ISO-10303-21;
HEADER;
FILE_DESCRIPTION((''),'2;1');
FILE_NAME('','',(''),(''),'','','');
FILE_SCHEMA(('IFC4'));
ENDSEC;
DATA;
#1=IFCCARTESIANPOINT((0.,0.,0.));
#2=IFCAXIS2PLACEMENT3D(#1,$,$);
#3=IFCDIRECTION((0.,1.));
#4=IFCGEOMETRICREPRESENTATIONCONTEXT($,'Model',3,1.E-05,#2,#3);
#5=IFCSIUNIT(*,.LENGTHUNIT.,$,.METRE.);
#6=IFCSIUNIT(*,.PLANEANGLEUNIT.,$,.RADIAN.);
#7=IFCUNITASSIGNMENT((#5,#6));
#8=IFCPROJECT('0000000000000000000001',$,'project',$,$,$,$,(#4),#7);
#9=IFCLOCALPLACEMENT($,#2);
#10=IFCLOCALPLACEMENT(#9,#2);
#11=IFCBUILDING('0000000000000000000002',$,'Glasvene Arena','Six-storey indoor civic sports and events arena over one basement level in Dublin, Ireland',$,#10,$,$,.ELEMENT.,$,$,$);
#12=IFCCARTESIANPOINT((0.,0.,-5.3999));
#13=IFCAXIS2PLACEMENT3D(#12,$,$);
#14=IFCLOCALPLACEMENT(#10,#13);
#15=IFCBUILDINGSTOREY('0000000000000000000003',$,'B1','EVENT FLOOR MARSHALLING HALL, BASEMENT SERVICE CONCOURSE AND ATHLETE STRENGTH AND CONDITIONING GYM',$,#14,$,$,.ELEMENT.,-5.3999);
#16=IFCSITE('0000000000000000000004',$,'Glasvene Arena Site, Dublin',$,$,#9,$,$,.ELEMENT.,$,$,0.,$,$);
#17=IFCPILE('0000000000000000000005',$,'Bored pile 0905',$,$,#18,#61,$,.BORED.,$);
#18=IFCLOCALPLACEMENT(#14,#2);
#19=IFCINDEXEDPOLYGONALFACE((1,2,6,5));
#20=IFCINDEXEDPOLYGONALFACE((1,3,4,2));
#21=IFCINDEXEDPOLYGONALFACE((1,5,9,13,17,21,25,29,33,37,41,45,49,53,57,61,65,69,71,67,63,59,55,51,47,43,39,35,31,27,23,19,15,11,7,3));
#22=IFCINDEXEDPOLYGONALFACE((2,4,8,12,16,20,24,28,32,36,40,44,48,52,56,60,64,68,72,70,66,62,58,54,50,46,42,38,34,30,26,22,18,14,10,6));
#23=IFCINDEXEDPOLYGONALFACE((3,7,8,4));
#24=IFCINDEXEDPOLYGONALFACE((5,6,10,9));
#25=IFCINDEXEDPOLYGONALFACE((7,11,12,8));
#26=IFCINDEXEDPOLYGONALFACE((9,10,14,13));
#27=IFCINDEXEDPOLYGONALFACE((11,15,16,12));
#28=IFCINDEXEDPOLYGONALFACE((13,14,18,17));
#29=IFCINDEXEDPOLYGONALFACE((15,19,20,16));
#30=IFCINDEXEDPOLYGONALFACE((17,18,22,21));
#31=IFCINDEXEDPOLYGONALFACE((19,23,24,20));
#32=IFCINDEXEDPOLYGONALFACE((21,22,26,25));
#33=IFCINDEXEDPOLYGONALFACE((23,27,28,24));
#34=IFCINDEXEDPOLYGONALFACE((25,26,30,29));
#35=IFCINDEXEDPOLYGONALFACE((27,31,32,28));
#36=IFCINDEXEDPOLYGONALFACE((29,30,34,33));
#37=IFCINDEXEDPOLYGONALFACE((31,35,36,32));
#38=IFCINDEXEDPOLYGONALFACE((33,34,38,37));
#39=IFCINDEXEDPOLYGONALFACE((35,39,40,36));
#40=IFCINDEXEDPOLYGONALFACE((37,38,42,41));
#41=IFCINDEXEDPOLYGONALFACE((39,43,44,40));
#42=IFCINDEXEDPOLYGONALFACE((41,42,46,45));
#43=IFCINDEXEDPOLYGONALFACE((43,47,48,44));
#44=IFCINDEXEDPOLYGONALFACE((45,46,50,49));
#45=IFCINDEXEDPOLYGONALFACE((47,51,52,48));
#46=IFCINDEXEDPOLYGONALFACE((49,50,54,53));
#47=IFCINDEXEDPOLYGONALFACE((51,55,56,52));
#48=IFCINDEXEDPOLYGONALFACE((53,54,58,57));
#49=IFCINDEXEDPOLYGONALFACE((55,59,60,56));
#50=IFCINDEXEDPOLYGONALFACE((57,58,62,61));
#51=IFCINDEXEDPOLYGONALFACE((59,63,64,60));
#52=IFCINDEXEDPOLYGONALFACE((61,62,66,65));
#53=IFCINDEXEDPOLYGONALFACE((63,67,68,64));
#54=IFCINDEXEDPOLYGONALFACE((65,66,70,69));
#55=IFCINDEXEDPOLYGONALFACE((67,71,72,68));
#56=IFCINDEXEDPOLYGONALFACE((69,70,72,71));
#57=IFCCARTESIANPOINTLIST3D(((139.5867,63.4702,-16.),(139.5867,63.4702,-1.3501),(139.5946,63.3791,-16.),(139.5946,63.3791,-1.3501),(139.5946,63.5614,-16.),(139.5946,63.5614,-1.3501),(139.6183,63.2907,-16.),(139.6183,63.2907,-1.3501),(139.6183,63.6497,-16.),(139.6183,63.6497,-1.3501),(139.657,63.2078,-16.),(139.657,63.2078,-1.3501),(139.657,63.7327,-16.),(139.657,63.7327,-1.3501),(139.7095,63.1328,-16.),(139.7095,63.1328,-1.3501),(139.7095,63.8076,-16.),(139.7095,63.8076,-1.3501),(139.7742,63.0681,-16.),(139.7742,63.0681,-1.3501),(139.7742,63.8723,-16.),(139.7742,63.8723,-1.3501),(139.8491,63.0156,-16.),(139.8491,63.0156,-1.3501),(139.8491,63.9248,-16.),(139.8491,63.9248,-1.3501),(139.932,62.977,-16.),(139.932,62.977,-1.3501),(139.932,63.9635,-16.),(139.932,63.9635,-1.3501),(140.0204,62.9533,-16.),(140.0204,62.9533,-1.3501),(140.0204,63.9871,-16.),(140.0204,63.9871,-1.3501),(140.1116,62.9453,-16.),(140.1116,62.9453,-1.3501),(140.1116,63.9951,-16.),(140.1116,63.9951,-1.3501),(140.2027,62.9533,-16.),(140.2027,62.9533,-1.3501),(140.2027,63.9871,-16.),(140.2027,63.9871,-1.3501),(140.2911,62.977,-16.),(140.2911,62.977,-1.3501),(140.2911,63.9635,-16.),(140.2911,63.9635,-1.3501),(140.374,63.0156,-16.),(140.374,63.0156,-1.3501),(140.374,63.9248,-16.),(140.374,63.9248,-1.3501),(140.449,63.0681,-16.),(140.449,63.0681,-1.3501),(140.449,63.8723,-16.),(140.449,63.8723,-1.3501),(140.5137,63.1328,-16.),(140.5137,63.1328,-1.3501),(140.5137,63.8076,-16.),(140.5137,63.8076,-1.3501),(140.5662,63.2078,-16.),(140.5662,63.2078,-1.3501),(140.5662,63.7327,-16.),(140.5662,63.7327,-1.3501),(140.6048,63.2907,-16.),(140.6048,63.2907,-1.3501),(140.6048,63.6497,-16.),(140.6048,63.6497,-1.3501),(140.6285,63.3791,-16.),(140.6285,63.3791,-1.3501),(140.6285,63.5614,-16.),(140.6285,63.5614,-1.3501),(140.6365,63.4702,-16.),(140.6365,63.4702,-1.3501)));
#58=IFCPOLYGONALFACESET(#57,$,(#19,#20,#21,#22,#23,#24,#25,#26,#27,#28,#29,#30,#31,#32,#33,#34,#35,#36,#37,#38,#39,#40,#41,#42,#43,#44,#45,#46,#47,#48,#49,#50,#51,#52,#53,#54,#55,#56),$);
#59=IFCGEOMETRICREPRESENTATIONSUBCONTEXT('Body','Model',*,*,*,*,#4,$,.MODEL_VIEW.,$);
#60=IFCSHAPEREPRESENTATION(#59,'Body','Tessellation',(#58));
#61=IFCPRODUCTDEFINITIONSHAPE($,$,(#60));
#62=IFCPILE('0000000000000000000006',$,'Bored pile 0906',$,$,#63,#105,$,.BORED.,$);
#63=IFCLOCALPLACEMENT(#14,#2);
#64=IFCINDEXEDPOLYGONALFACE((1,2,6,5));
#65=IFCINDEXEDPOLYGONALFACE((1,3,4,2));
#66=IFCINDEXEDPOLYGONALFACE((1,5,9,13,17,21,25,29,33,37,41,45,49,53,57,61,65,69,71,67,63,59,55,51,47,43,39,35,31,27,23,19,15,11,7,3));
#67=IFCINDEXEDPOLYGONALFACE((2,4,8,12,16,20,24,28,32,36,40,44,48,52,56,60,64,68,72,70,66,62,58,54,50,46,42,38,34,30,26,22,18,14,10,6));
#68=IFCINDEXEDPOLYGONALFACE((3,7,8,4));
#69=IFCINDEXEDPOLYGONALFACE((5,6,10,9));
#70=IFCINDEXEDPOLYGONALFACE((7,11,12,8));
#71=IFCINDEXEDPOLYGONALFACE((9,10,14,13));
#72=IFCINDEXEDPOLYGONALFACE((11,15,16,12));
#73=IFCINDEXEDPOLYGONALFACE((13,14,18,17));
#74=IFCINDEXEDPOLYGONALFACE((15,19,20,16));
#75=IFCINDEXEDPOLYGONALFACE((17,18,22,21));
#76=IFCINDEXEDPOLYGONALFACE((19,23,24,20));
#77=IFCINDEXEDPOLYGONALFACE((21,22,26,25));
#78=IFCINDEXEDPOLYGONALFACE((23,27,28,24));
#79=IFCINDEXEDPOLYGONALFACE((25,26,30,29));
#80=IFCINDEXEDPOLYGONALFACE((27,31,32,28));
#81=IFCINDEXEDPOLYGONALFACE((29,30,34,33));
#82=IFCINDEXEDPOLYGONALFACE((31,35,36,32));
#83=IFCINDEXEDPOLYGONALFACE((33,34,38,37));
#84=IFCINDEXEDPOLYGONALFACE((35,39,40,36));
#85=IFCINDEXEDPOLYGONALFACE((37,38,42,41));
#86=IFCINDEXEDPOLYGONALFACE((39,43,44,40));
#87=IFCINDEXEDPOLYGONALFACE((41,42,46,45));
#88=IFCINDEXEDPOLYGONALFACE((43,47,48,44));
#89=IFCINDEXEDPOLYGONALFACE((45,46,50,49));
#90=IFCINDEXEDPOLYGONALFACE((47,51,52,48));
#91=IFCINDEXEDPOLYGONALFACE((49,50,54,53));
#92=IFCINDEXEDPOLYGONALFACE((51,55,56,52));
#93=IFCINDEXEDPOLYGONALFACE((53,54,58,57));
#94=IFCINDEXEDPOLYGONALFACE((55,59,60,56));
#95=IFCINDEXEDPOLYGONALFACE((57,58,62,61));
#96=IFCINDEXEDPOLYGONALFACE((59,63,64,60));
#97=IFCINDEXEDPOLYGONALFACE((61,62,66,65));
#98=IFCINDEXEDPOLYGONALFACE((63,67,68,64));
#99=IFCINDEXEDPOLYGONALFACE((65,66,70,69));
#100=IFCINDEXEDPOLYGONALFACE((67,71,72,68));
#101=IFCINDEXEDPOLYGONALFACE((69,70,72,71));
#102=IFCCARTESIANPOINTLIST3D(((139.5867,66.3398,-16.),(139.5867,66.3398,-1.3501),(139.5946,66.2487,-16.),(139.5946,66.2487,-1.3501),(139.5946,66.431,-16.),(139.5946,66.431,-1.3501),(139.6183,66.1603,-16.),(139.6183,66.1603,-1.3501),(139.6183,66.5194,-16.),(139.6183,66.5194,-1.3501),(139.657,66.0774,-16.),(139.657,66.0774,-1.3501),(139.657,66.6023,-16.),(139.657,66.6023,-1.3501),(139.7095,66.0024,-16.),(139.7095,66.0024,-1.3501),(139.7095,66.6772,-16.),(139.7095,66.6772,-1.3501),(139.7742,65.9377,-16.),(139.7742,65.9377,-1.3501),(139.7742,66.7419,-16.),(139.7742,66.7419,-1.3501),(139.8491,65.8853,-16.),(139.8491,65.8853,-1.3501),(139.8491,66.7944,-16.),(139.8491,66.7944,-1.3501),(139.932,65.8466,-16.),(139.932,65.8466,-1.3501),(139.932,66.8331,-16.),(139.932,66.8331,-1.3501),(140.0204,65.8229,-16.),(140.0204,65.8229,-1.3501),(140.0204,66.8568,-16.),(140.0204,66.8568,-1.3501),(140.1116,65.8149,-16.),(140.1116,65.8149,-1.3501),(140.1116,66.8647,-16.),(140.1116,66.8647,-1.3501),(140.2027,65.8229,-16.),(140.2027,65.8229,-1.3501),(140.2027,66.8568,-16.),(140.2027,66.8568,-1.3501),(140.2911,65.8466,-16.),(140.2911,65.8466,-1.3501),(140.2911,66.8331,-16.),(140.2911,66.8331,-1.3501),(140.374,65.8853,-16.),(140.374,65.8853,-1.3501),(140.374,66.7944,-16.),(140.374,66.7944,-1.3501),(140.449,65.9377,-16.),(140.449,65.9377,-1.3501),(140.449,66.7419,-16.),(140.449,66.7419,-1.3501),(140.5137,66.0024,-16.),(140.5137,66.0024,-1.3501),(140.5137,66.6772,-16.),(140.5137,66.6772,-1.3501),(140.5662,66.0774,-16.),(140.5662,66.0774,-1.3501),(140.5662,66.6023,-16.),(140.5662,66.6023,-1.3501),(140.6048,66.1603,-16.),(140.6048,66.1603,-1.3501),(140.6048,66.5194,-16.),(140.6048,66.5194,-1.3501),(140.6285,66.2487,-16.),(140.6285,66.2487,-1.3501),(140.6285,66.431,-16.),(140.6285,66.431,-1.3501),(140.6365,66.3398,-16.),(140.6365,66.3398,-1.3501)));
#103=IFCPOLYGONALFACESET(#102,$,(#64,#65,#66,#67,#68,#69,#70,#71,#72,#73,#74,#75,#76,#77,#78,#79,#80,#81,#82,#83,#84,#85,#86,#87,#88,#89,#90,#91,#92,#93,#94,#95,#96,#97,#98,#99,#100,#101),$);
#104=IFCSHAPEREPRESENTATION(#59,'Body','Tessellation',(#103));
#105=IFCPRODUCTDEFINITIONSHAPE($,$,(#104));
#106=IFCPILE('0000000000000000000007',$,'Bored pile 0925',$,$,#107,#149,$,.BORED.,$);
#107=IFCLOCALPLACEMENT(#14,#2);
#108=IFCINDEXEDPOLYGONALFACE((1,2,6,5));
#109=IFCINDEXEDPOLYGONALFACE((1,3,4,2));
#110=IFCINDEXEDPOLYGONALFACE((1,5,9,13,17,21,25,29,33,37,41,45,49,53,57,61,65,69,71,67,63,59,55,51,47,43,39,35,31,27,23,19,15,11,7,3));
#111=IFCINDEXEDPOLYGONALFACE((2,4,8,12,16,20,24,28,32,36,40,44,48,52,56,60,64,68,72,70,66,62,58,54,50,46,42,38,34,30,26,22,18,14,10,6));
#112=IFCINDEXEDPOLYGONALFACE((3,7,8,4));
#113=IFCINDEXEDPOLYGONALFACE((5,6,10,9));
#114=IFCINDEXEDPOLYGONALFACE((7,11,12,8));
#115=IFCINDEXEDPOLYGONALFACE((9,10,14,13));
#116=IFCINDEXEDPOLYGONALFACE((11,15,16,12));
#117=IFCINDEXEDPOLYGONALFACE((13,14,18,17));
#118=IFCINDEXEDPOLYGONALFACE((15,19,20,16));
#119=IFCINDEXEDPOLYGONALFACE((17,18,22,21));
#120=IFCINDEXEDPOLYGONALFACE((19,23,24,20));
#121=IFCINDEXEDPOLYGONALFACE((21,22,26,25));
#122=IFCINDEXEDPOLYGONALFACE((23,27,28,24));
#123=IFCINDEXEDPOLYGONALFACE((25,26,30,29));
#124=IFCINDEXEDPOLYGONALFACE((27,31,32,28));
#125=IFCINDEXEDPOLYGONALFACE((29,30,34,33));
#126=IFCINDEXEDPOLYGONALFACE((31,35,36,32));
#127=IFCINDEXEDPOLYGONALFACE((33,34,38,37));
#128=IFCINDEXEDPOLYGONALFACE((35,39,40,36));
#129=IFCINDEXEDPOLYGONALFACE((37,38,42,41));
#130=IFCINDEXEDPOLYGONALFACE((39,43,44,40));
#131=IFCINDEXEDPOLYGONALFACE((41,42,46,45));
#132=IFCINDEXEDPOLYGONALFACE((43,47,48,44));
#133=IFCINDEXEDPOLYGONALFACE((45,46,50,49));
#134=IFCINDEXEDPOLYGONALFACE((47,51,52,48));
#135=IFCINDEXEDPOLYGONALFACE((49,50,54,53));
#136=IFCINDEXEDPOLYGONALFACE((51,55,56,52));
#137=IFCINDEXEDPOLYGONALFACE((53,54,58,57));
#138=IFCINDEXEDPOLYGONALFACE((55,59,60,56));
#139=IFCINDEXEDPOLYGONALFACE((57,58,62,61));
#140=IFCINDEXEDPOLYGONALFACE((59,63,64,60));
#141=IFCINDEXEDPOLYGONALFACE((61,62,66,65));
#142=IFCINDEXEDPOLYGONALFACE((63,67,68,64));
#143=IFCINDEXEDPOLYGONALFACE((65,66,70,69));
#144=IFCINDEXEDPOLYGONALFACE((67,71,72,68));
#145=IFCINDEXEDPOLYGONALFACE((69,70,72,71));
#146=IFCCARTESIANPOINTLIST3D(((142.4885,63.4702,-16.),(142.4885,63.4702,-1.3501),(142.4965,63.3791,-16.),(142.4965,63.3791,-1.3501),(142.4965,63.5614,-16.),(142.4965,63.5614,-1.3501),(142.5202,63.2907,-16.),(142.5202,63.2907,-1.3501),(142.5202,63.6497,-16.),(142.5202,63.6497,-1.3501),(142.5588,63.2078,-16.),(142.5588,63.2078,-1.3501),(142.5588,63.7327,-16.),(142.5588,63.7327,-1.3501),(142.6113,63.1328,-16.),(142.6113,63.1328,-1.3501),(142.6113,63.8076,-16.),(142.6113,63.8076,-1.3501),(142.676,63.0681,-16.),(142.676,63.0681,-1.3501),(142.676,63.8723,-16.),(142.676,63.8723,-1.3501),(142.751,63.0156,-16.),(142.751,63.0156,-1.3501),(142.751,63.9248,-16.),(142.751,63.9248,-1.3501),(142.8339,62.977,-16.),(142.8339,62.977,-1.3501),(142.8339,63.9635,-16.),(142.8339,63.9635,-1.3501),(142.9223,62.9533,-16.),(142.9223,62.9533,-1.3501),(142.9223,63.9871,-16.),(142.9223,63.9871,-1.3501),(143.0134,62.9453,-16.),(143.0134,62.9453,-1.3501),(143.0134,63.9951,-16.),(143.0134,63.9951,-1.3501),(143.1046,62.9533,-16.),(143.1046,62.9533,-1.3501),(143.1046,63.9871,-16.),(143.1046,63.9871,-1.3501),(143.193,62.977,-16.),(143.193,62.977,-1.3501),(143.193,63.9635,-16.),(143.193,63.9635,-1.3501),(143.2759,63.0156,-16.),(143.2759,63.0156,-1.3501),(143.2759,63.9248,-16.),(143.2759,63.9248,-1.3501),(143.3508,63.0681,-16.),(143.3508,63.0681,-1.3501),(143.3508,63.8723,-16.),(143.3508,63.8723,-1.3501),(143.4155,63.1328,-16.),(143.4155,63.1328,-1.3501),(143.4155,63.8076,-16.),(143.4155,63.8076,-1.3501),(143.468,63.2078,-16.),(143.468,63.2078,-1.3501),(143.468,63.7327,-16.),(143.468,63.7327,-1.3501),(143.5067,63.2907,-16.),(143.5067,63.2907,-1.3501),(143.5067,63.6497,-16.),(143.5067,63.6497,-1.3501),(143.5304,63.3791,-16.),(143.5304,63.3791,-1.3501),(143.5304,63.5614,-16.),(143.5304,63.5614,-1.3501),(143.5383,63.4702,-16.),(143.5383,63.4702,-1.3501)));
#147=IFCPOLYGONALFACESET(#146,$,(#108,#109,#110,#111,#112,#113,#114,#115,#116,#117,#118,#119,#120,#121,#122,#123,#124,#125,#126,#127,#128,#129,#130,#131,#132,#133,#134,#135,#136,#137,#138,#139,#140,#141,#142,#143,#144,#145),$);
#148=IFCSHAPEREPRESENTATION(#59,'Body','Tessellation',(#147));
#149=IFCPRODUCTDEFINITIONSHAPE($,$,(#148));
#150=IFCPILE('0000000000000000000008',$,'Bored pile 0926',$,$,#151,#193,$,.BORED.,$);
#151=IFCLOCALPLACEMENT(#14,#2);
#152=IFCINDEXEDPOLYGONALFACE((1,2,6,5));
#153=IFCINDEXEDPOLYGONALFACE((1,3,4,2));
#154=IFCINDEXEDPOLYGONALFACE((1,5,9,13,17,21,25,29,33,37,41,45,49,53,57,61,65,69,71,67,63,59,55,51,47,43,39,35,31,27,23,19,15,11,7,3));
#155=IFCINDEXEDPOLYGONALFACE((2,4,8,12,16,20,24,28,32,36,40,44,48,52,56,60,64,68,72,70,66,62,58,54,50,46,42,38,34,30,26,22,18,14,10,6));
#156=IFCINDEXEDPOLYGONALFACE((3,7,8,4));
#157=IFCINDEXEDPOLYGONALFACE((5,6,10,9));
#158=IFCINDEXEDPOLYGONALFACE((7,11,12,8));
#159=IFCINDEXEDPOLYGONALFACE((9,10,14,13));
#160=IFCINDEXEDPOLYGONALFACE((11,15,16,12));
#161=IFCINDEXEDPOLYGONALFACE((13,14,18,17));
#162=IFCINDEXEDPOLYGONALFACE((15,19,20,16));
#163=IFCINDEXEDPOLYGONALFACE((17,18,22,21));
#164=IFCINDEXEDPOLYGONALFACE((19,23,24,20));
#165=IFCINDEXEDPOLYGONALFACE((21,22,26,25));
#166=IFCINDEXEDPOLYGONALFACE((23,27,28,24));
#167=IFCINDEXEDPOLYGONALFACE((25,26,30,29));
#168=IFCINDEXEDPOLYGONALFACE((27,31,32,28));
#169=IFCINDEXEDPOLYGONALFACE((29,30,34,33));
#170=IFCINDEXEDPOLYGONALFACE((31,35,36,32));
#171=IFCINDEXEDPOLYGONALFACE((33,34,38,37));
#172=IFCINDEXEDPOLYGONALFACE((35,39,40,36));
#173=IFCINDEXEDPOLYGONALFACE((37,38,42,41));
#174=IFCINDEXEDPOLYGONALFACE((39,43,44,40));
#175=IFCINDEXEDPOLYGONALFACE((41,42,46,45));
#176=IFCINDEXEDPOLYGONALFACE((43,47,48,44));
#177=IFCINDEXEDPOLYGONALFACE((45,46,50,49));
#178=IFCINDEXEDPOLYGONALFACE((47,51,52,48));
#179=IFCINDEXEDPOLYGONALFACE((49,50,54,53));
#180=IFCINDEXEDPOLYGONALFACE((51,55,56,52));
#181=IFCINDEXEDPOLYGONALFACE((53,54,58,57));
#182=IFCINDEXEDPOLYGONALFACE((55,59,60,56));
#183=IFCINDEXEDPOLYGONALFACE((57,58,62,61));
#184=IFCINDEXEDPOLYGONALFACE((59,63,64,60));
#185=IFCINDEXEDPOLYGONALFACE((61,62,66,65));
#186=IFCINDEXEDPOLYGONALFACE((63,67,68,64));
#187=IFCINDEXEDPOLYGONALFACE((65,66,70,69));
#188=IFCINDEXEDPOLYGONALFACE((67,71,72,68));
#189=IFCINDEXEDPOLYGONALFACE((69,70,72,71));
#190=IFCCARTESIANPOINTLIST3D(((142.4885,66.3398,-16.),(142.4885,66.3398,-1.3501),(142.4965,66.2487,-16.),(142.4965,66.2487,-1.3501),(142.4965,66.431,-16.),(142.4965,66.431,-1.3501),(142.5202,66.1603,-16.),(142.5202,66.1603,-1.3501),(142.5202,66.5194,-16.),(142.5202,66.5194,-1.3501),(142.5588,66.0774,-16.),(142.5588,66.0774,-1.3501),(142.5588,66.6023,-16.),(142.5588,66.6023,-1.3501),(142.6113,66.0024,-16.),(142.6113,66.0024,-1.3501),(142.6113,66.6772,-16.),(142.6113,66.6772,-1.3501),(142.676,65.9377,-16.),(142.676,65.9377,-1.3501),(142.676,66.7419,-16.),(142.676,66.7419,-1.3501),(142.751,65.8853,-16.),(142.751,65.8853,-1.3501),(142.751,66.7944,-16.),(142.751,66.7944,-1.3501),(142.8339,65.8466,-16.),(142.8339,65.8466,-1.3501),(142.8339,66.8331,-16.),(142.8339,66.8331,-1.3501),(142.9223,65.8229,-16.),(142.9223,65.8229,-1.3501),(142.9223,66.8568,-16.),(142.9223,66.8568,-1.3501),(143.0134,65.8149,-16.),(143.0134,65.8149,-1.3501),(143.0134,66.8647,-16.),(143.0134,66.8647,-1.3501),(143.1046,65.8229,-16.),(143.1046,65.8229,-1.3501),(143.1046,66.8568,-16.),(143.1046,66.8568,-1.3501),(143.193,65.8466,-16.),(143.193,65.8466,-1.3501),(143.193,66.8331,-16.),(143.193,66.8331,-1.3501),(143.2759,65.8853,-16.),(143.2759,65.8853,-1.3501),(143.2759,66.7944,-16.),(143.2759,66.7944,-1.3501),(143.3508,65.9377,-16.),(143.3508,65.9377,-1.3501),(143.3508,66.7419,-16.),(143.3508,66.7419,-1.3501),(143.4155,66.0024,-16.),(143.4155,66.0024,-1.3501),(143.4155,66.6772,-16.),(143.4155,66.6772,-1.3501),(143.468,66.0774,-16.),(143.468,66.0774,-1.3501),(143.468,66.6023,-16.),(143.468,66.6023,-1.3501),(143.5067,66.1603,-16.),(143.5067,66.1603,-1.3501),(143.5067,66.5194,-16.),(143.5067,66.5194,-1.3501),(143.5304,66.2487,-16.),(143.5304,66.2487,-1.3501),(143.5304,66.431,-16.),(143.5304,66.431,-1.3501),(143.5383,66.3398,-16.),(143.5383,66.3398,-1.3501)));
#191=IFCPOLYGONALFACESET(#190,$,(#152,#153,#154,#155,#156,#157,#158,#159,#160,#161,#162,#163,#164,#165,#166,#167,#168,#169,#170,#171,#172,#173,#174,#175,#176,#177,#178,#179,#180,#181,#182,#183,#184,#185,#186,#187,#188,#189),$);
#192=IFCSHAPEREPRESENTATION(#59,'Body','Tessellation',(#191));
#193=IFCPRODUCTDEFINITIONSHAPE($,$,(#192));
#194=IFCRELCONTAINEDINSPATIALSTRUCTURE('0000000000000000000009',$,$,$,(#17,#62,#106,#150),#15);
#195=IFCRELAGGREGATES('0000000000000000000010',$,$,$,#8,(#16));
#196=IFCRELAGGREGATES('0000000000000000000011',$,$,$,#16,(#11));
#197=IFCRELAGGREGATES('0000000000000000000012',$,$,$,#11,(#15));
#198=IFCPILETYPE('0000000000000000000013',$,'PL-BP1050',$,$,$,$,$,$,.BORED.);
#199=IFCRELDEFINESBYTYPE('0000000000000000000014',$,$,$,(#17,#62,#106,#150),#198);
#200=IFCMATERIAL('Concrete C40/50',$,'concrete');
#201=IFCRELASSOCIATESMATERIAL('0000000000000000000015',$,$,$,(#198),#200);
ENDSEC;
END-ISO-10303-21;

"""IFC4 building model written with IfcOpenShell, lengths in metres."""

from ifc_helpers import new_model, si_unit, direction, frame, origin, origin_2d, place, context, subcontext, project, spatial, circle, extrude, material, material_profile, profile_set, type_object, element, save


model = new_model("IFC4")

# Units and contexts
model_context = context("Model", 3, precision=1e-05, world=origin(), true_north=direction((0.0, 1.0)))
body_context = subcontext(model_context, "Body", "Model", "MODEL_VIEW")
ifc_project = project(units=[si_unit("LENGTHUNIT", "METRE"), si_unit("PLANEANGLEUNIT", "RADIAN")], contexts=[model_context])

# Site, building, storey
site_placement = place(None, origin())
site = spatial("IfcSite", under=ifc_project, at=site_placement, Name="Glasvene Arena Site, Dublin", CompositionType="ELEMENT", RefElevation=0.0)
building_placement = place(site_placement, origin())
building = spatial("IfcBuilding", under=site, at=building_placement, Name="Glasvene Arena", Description="Six-storey indoor civic sports and events arena over one basement level in Dublin, Ireland", CompositionType="ELEMENT")
storey_placement = place(building_placement, frame((0.0, 0.0, -5.3999)))
storey = spatial("IfcBuildingStorey", under=building, at=storey_placement, Name="B1", Description="EVENT FLOOR MARSHALLING HALL, BASEMENT SERVICE CONCOURSE AND ATHLETE STRENGTH AND CONDITIONING GYM", CompositionType="ELEMENT", Elevation=-5.3999)

# Piles
ifc_material_1 = material(Name="Concrete C40/50", Category="concrete")
ifc_material_profile_1 = material_profile(ifc_material_1, circle(Radius=0.5249, at=origin_2d()), Name="BORED PILE 1050")
ifc_profile_set_1 = profile_set([ifc_material_profile_1], Name="Concrete C40/50")
pile_type = type_object("IfcPileType", Name="PL-BP1050", PredefinedType="BORED", material=ifc_profile_set_1)
for number, where, z_axis, x_axis, name in (
    (1, (140.1116, 63.4702, -1.3501), (0.0, 0.0, -1.0), (1.0, 0.0, 0.0), "Bored pile 0905"),
    (2, (140.1116, 66.3398, -1.3501), (0.0, 0.0, -1.0), (1.0, 0.0, 0.0), "Bored pile 0906"),
    (3, (143.0134, 63.4702, -1.3501), (0.0, 0.0, -1.0), (1.0, 0.0, 0.0), "Bored pile 0925"),
    (4, (143.0134, 66.3398, -1.3501), (0.0, 0.0, -1.0), (1.0, 0.0, 0.0), "Bored pile 0926"),
):
    element("IfcPile", number, at=place(storey_placement, frame(where, z_axis=z_axis, x_axis=x_axis)), inside=storey, type_object=pile_type, Name=name, PredefinedType="BORED", context=body_context, shape_type="SweptSolid", body=[
        extrude(circle(Radius=0.5249, at=origin_2d()), origin(), (0.0, 0.0, 1.0), 14.6499),
    ])

save(model, "model.ifc")
